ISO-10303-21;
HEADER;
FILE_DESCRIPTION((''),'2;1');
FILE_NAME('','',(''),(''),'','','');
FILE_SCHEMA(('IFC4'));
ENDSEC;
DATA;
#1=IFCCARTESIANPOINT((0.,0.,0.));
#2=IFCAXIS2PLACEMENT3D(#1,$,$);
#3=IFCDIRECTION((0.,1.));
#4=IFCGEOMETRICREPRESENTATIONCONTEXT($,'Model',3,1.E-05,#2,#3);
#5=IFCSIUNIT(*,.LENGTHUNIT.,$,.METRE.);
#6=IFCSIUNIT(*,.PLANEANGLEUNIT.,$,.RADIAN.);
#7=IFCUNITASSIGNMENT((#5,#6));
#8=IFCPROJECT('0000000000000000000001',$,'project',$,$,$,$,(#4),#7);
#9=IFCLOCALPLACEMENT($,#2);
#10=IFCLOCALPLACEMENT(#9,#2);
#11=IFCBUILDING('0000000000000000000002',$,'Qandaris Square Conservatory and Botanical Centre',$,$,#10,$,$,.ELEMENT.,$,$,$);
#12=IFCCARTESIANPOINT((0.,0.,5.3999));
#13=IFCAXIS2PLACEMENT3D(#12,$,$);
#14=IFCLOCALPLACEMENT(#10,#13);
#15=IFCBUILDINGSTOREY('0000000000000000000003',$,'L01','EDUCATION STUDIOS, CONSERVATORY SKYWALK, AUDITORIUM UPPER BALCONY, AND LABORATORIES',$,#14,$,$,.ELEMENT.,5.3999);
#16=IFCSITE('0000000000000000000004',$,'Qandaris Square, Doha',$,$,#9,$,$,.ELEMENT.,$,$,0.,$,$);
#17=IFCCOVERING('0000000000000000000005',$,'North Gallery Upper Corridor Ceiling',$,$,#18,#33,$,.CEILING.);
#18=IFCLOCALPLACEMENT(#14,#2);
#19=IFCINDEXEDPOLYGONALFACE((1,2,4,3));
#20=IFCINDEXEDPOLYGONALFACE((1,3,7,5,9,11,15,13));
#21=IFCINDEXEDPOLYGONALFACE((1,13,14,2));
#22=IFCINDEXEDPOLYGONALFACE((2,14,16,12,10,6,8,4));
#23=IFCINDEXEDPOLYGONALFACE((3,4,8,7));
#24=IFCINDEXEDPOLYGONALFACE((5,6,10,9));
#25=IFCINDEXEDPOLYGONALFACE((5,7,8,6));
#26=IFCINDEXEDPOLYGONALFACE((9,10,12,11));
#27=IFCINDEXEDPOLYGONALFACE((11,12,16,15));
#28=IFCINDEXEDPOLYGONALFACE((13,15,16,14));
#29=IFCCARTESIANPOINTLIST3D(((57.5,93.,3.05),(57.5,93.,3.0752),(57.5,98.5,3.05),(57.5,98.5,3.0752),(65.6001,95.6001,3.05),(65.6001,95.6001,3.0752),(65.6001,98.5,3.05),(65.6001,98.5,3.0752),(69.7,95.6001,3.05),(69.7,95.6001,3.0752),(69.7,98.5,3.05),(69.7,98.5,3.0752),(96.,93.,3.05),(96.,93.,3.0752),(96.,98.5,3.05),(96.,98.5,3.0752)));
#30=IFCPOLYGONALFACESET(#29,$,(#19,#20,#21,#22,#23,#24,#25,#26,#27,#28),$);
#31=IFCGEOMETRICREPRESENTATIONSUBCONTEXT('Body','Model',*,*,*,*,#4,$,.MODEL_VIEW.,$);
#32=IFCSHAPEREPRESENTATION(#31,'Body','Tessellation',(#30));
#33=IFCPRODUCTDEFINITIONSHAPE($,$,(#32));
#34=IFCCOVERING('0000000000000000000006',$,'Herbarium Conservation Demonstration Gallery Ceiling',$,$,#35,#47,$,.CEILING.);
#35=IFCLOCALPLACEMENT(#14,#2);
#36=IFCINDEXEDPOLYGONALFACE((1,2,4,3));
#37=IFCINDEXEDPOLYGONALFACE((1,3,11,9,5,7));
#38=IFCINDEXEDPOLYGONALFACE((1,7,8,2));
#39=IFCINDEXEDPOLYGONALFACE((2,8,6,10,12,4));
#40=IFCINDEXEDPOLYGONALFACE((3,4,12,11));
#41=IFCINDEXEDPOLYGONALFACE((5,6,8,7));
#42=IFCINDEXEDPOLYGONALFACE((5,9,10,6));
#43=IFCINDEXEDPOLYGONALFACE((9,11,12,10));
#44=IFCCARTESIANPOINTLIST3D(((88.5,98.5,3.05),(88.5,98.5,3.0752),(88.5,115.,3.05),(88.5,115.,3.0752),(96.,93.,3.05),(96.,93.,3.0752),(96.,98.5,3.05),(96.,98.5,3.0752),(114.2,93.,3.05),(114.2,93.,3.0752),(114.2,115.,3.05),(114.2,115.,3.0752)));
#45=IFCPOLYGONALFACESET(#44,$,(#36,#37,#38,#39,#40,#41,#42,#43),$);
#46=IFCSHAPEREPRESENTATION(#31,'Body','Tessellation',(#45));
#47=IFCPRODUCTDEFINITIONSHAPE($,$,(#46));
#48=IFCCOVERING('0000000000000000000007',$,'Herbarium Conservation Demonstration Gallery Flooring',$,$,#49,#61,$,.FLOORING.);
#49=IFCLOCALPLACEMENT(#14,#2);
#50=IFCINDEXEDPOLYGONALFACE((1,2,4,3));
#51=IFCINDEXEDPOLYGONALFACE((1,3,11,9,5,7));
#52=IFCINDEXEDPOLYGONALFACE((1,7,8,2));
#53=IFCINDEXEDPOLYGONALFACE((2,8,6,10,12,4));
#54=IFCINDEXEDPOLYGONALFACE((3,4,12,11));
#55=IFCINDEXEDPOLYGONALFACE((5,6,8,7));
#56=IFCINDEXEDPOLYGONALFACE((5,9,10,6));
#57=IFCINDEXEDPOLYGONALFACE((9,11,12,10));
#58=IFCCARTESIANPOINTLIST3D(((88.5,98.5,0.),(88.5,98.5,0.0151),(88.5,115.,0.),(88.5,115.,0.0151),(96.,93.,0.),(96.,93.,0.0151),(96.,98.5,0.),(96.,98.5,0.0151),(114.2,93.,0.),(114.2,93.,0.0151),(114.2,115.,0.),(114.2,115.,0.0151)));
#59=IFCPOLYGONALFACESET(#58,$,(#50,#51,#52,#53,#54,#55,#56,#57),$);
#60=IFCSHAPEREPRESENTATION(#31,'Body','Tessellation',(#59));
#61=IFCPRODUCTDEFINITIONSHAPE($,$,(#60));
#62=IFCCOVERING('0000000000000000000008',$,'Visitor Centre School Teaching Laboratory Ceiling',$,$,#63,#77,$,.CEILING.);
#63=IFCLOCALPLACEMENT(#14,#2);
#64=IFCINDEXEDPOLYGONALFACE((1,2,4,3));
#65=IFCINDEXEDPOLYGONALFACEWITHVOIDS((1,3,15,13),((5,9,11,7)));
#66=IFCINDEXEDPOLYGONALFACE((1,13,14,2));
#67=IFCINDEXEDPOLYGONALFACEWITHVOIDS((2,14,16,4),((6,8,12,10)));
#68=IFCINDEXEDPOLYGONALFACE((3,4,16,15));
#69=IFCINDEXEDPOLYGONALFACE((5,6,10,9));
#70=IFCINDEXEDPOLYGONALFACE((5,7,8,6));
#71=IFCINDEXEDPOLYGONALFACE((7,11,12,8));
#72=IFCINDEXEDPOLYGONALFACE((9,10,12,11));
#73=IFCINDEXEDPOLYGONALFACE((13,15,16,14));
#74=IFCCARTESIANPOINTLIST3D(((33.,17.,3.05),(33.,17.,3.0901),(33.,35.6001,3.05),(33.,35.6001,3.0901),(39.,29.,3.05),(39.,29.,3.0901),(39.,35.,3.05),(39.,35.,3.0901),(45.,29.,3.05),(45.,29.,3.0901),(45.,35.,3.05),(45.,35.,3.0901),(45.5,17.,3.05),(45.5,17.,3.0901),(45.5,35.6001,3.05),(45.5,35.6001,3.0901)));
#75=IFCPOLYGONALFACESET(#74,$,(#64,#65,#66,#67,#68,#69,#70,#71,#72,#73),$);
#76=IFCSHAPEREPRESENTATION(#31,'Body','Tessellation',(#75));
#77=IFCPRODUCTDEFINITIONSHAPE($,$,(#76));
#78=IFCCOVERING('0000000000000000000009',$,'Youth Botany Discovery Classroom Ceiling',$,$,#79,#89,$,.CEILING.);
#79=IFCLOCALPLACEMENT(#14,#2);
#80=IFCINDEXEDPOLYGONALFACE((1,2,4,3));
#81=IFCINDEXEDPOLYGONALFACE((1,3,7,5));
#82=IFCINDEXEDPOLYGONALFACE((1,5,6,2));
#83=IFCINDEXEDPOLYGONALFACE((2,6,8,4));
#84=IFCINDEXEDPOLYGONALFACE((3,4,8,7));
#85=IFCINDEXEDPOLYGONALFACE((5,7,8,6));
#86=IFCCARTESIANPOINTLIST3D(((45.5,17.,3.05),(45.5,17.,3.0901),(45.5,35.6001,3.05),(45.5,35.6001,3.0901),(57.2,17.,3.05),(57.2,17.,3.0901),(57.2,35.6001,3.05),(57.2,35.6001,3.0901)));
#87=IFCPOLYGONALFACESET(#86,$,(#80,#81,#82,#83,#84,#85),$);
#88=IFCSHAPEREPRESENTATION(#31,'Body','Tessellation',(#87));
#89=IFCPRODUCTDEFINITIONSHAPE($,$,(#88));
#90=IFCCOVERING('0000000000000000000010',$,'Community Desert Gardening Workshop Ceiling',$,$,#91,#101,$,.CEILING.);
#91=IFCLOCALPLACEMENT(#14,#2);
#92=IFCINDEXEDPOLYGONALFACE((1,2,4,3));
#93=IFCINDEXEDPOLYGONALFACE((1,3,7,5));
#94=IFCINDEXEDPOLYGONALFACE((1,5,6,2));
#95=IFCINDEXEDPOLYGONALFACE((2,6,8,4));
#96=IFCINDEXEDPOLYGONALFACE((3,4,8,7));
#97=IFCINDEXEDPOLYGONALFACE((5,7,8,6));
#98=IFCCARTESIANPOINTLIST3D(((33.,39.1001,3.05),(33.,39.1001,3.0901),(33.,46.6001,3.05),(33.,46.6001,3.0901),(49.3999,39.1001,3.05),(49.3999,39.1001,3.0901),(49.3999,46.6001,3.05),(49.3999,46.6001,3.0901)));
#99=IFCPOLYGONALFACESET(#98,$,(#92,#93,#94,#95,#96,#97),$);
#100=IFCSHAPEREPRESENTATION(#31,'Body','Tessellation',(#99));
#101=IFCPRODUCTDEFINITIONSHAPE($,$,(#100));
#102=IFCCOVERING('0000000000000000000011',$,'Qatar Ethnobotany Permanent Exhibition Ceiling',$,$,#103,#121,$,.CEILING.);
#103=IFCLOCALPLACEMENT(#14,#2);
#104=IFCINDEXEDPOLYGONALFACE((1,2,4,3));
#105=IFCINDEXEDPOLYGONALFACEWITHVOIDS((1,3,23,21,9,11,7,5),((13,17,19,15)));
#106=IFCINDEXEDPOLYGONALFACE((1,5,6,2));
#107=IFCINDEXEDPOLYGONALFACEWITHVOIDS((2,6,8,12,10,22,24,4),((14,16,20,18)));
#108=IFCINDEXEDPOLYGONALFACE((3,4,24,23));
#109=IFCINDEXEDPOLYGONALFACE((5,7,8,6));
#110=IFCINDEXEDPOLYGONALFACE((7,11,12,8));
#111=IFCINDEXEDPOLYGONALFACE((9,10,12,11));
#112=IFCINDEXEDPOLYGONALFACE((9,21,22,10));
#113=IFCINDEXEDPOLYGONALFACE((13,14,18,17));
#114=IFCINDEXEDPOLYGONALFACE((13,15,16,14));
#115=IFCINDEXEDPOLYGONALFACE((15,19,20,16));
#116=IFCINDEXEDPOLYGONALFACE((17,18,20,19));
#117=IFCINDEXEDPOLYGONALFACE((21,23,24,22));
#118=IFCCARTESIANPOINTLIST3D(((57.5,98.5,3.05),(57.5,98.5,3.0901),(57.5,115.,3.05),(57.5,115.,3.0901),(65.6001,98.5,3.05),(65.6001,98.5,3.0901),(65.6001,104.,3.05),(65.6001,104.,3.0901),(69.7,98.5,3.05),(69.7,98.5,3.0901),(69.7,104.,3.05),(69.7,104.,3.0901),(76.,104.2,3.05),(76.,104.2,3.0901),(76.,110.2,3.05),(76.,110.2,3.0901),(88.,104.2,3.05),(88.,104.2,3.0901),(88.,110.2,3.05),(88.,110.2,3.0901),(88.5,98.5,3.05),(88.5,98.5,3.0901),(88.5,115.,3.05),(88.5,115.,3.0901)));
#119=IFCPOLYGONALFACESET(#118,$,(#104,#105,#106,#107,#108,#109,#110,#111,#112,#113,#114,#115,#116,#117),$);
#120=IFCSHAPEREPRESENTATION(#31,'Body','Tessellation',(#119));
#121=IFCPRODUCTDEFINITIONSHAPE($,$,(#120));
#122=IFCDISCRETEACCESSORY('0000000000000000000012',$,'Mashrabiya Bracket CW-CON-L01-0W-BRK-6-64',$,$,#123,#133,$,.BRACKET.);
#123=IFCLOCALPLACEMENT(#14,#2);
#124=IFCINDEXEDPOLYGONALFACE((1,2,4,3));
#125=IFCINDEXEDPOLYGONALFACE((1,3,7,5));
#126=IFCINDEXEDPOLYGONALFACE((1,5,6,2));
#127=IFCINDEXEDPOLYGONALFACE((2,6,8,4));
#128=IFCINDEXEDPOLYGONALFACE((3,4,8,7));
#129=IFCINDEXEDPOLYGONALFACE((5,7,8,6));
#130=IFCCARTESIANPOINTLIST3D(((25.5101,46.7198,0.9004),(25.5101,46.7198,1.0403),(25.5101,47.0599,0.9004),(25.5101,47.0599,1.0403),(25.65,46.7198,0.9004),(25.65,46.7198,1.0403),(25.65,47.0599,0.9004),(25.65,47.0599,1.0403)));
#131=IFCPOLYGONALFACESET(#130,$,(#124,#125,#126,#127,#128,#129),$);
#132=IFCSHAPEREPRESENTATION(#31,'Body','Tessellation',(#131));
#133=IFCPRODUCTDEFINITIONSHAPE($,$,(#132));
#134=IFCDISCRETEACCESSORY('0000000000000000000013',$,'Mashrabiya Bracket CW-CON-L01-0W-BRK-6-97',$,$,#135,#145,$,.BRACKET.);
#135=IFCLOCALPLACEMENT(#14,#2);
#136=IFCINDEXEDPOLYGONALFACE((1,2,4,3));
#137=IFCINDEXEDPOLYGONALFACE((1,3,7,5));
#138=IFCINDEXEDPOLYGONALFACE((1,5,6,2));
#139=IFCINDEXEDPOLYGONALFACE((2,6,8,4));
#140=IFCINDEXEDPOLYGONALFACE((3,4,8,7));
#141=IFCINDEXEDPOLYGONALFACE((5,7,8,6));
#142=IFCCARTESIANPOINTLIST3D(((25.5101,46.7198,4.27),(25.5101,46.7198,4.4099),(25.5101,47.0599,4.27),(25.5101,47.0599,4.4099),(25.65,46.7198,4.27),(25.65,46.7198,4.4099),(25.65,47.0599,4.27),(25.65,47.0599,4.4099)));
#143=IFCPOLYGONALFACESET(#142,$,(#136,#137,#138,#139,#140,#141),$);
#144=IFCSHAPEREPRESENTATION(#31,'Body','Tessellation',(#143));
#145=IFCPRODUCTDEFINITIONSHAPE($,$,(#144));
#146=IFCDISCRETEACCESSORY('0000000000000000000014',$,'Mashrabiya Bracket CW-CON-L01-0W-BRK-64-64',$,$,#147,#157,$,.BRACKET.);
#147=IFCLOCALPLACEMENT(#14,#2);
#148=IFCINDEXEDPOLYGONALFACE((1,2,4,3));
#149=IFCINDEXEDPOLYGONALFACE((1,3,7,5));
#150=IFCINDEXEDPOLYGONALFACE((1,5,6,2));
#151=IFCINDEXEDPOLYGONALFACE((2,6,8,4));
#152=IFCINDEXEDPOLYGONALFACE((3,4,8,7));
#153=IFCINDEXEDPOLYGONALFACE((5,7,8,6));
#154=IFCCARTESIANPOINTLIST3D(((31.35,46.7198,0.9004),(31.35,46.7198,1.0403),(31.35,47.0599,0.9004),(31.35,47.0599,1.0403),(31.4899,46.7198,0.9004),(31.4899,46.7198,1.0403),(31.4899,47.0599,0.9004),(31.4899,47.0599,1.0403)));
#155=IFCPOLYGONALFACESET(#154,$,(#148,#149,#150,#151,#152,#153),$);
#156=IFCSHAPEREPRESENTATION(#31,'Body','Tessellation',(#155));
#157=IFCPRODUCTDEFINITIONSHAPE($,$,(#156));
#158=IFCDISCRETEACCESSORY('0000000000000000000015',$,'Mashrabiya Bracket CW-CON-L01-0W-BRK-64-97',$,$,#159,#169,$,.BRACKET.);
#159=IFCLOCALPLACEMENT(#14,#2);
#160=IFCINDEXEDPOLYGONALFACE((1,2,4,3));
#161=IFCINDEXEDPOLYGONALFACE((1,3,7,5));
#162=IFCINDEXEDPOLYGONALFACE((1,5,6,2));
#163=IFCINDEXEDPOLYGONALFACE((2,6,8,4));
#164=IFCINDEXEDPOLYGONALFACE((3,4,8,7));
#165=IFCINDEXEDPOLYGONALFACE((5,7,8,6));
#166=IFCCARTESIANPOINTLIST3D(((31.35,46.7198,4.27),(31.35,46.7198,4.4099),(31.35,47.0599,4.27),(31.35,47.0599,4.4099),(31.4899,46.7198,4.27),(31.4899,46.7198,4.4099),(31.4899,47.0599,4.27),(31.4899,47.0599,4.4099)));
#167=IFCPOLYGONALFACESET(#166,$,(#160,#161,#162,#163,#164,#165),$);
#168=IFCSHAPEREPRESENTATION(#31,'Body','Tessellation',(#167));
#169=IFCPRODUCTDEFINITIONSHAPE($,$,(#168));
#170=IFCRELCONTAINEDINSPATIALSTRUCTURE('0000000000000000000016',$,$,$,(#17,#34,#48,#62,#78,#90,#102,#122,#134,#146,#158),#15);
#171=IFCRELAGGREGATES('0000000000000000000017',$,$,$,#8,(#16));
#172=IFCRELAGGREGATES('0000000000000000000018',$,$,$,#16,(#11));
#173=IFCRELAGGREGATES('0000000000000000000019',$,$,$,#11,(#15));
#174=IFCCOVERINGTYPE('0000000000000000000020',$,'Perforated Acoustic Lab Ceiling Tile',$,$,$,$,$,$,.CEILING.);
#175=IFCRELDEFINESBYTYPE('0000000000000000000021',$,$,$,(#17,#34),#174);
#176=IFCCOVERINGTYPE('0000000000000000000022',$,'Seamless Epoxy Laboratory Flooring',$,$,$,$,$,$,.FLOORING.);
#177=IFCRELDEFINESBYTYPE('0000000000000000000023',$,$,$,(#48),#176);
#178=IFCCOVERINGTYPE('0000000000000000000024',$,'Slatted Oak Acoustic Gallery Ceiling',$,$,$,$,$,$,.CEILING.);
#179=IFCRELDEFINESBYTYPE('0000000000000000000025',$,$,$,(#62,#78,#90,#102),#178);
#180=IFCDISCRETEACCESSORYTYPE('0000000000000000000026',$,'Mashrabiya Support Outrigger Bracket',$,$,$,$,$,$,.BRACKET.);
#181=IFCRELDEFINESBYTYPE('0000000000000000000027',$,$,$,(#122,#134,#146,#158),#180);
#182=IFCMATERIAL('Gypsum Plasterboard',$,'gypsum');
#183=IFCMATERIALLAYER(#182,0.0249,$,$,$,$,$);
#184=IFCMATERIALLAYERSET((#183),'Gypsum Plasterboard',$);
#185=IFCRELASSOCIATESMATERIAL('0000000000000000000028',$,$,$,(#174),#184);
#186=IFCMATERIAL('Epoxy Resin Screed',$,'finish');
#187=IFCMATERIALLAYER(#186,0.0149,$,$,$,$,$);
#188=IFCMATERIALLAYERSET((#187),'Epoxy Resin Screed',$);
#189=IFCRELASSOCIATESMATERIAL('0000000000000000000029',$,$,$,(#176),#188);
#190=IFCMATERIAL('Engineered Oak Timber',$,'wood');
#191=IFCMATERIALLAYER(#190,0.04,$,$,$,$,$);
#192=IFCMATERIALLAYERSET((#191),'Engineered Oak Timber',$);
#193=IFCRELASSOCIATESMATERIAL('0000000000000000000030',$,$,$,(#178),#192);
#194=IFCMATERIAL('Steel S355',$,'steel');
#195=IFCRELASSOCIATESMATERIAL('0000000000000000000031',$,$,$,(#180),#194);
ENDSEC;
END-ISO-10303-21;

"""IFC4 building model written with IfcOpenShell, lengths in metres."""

from ifc_helpers import new_model, si_unit, direction, frame, origin, origin_2d, place, context, subcontext, project, spatial, polyline, rectangle, outline, extrude, material, layer, layer_set, type_object, element, save


model = new_model("IFC4")

# Units and contexts
model_context = context("Model", 3, precision=1e-05, world=origin(), true_north=direction((0.0, 1.0)))
body_context = subcontext(model_context, "Body", "Model", "MODEL_VIEW")
ifc_project = project(units=[si_unit("LENGTHUNIT", "METRE"), si_unit("PLANEANGLEUNIT", "RADIAN")], contexts=[model_context])

# Site, building, storey
site_placement = place(None, origin())
site = spatial("IfcSite", under=ifc_project, at=site_placement, Name="Qandaris Square, Doha", CompositionType="ELEMENT", RefElevation=0.0)
building_placement = place(site_placement, origin())
building = spatial("IfcBuilding", under=site, at=building_placement, Name="Qandaris Square Conservatory and Botanical Centre", CompositionType="ELEMENT")
storey_placement = place(building_placement, frame((0.0, 0.0, 5.3999)))
storey = spatial("IfcBuildingStorey", under=building, at=storey_placement, Name="L01", Description="EDUCATION STUDIOS, CONSERVATORY SKYWALK, AUDITORIUM UPPER BALCONY, AND LABORATORIES", CompositionType="ELEMENT", Elevation=5.3999)

# Shared definitions
ifc_material_1 = material(Name="Steel S355", Category="steel")

# Coverings
ifc_material_2 = material(Name="Gypsum Plasterboard", Category="gypsum")
ifc_layer_1 = layer(ifc_material_2, 0.0249)
ifc_layer_set_1 = layer_set([ifc_layer_1], Name="Gypsum Plasterboard")
covering_type_1 = type_object("IfcCoveringType", Name="Perforated Acoustic Lab Ceiling Tile", PredefinedType="CEILING", material=ifc_layer_set_1)
covering_1_placement = place(storey_placement, frame((0.0, 0.0, 3.05)))
element("IfcCovering", 1, at=covering_1_placement, inside=storey, type_object=covering_type_1, Name="North Gallery Upper Corridor Ceiling", PredefinedType="CEILING", context=body_context, shape_type="SweptSolid", body=[
    extrude(outline(polyline([(96.0, 93.0), (57.5, 93.0), (57.5, 98.5), (65.6001, 98.5), (65.6001, 95.6001), (69.7, 95.6001), (69.7, 98.5), (96.0, 98.5), (96.0, 93.0)])), origin(), (0.0, 0.0, 1.0), 0.0251),
])
covering_2_placement = place(storey_placement, frame((0.0, 0.0, 3.05)))
element("IfcCovering", 2, at=covering_2_placement, inside=storey, type_object=covering_type_1, Name="Herbarium Conservation Demonstration Gallery Ceiling", PredefinedType="CEILING", context=body_context, shape_type="SweptSolid", body=[
    extrude(outline(polyline([(96.0, 93.0), (96.0, 98.5), (88.5, 98.5), (88.5, 115.0), (114.2, 115.0), (114.2, 93.0), (96.0, 93.0)])), origin(), (0.0, 0.0, 1.0), 0.0251),
])
ifc_material_3 = material(Name="Epoxy Resin Screed", Category="finish")
ifc_layer_2 = layer(ifc_material_3, 0.0149)
ifc_layer_set_2 = layer_set([ifc_layer_2], Name="Epoxy Resin Screed")
covering_type_2 = type_object("IfcCoveringType", Name="Seamless Epoxy Laboratory Flooring", PredefinedType="FLOORING", material=ifc_layer_set_2)
covering_3_placement = place(storey_placement, origin())
element("IfcCovering", 3, at=covering_3_placement, inside=storey, type_object=covering_type_2, Name="Herbarium Conservation Demonstration Gallery Flooring", PredefinedType="FLOORING", context=body_context, shape_type="SweptSolid", body=[
    extrude(outline(polyline([(96.0, 93.0), (96.0, 98.5), (88.5, 98.5), (88.5, 115.0), (114.2, 115.0), (114.2, 93.0), (96.0, 93.0)])), origin(), (0.0, 0.0, 1.0), 0.0151),
])
ifc_material_4 = material(Name="Engineered Oak Timber", Category="wood")
ifc_layer_3 = layer(ifc_material_4, 0.04)
ifc_layer_set_3 = layer_set([ifc_layer_3], Name="Engineered Oak Timber")
covering_type_3 = type_object("IfcCoveringType", Name="Slatted Oak Acoustic Gallery Ceiling", PredefinedType="CEILING", material=ifc_layer_set_3)
covering_4_placement = place(storey_placement, frame((0.0, 0.0, 3.05)))
element("IfcCovering", 4, at=covering_4_placement, inside=storey, type_object=covering_type_3, Name="Visitor Centre School Teaching Laboratory Ceiling", PredefinedType="CEILING", context=body_context, shape_type="SweptSolid", body=[
    extrude(outline(polyline([(33.0, 17.0), (33.0, 35.6001), (45.5, 35.6001), (45.5, 17.0), (33.0, 17.0)]), holes=[polyline([(45.0, 35.0), (39.0, 35.0), (39.0, 29.0), (45.0, 29.0), (45.0, 35.0)])]), origin(), (0.0, 0.0, 1.0), 0.04),
])
covering_5_placement = place(storey_placement, frame((0.0, 0.0, 3.05)))
element("IfcCovering", 5, at=covering_5_placement, inside=storey, type_object=covering_type_3, Name="Youth Botany Discovery Classroom Ceiling", PredefinedType="CEILING", context=body_context, shape_type="SweptSolid", body=[
    extrude(outline(polyline([(45.5, 17.0), (45.5, 35.6001), (57.2, 35.6001), (57.2, 17.0), (45.5, 17.0)])), origin(), (0.0, 0.0, 1.0), 0.04),
])
covering_6_placement = place(storey_placement, frame((0.0, 0.0, 3.05)))
element("IfcCovering", 6, at=covering_6_placement, inside=storey, type_object=covering_type_3, Name="Community Desert Gardening Workshop Ceiling", PredefinedType="CEILING", context=body_context, shape_type="SweptSolid", body=[
    extrude(outline(polyline([(33.0, 39.1001), (33.0, 46.6001), (49.3999, 46.6001), (49.3999, 39.1001), (33.0, 39.1001)])), origin(), (0.0, 0.0, 1.0), 0.04),
])
covering_7_placement = place(storey_placement, frame((0.0, 0.0, 3.05)))
element("IfcCovering", 7, at=covering_7_placement, inside=storey, type_object=covering_type_3, Name="Qatar Ethnobotany Permanent Exhibition Ceiling", PredefinedType="CEILING", context=body_context, shape_type="SweptSolid", body=[
    extrude(outline(polyline([(69.7, 98.5), (69.7, 104.0), (65.6001, 104.0), (65.6001, 98.5), (57.5, 98.5), (57.5, 115.0), (88.5, 115.0), (88.5, 98.5), (69.7, 98.5)]), holes=[polyline([(88.0, 110.2), (76.0, 110.2), (76.0, 104.2), (88.0, 104.2), (88.0, 110.2)])]), origin(), (0.0, 0.0, 1.0), 0.04),
])

# Discrete accessories
discrete_accessory_type = type_object("IfcDiscreteAccessoryType", Name="Mashrabiya Support Outrigger Bracket", PredefinedType="BRACKET", material=ifc_material_1)
for number, where, z_axis, x_axis, name in (
    (8, (25.5801, 46.8899, 0.9004), (0.0, 0.0, 1.0), (1.0, 0.0, 0.0), "Mashrabiya Bracket CW-CON-L01-0W-BRK-6-64"),
    (9, (25.5801, 46.8899, 4.27), (0.0, 0.0, 1.0), (1.0, 0.0, 0.0), "Mashrabiya Bracket CW-CON-L01-0W-BRK-6-97"),
    (10, (31.4199, 46.8899, 0.9004), (0.0, 0.0, 1.0), (1.0, 0.0, 0.0), "Mashrabiya Bracket CW-CON-L01-0W-BRK-64-64"),
    (11, (31.4199, 46.8899, 4.27), (0.0, 0.0, 1.0), (1.0, 0.0, 0.0), "Mashrabiya Bracket CW-CON-L01-0W-BRK-64-97"),
):
    element("IfcDiscreteAccessory", number, at=place(storey_placement, frame(where, z_axis=z_axis, x_axis=x_axis)), inside=storey, type_object=discrete_accessory_type, Name=name, PredefinedType="BRACKET", context=body_context, shape_type="SweptSolid", body=[
        extrude(rectangle(XDim=0.1399, YDim=0.3401, at=origin_2d()), origin(), (0.0, 0.0, 1.0), 0.1399),
    ])

save(model, "model.ifc")
